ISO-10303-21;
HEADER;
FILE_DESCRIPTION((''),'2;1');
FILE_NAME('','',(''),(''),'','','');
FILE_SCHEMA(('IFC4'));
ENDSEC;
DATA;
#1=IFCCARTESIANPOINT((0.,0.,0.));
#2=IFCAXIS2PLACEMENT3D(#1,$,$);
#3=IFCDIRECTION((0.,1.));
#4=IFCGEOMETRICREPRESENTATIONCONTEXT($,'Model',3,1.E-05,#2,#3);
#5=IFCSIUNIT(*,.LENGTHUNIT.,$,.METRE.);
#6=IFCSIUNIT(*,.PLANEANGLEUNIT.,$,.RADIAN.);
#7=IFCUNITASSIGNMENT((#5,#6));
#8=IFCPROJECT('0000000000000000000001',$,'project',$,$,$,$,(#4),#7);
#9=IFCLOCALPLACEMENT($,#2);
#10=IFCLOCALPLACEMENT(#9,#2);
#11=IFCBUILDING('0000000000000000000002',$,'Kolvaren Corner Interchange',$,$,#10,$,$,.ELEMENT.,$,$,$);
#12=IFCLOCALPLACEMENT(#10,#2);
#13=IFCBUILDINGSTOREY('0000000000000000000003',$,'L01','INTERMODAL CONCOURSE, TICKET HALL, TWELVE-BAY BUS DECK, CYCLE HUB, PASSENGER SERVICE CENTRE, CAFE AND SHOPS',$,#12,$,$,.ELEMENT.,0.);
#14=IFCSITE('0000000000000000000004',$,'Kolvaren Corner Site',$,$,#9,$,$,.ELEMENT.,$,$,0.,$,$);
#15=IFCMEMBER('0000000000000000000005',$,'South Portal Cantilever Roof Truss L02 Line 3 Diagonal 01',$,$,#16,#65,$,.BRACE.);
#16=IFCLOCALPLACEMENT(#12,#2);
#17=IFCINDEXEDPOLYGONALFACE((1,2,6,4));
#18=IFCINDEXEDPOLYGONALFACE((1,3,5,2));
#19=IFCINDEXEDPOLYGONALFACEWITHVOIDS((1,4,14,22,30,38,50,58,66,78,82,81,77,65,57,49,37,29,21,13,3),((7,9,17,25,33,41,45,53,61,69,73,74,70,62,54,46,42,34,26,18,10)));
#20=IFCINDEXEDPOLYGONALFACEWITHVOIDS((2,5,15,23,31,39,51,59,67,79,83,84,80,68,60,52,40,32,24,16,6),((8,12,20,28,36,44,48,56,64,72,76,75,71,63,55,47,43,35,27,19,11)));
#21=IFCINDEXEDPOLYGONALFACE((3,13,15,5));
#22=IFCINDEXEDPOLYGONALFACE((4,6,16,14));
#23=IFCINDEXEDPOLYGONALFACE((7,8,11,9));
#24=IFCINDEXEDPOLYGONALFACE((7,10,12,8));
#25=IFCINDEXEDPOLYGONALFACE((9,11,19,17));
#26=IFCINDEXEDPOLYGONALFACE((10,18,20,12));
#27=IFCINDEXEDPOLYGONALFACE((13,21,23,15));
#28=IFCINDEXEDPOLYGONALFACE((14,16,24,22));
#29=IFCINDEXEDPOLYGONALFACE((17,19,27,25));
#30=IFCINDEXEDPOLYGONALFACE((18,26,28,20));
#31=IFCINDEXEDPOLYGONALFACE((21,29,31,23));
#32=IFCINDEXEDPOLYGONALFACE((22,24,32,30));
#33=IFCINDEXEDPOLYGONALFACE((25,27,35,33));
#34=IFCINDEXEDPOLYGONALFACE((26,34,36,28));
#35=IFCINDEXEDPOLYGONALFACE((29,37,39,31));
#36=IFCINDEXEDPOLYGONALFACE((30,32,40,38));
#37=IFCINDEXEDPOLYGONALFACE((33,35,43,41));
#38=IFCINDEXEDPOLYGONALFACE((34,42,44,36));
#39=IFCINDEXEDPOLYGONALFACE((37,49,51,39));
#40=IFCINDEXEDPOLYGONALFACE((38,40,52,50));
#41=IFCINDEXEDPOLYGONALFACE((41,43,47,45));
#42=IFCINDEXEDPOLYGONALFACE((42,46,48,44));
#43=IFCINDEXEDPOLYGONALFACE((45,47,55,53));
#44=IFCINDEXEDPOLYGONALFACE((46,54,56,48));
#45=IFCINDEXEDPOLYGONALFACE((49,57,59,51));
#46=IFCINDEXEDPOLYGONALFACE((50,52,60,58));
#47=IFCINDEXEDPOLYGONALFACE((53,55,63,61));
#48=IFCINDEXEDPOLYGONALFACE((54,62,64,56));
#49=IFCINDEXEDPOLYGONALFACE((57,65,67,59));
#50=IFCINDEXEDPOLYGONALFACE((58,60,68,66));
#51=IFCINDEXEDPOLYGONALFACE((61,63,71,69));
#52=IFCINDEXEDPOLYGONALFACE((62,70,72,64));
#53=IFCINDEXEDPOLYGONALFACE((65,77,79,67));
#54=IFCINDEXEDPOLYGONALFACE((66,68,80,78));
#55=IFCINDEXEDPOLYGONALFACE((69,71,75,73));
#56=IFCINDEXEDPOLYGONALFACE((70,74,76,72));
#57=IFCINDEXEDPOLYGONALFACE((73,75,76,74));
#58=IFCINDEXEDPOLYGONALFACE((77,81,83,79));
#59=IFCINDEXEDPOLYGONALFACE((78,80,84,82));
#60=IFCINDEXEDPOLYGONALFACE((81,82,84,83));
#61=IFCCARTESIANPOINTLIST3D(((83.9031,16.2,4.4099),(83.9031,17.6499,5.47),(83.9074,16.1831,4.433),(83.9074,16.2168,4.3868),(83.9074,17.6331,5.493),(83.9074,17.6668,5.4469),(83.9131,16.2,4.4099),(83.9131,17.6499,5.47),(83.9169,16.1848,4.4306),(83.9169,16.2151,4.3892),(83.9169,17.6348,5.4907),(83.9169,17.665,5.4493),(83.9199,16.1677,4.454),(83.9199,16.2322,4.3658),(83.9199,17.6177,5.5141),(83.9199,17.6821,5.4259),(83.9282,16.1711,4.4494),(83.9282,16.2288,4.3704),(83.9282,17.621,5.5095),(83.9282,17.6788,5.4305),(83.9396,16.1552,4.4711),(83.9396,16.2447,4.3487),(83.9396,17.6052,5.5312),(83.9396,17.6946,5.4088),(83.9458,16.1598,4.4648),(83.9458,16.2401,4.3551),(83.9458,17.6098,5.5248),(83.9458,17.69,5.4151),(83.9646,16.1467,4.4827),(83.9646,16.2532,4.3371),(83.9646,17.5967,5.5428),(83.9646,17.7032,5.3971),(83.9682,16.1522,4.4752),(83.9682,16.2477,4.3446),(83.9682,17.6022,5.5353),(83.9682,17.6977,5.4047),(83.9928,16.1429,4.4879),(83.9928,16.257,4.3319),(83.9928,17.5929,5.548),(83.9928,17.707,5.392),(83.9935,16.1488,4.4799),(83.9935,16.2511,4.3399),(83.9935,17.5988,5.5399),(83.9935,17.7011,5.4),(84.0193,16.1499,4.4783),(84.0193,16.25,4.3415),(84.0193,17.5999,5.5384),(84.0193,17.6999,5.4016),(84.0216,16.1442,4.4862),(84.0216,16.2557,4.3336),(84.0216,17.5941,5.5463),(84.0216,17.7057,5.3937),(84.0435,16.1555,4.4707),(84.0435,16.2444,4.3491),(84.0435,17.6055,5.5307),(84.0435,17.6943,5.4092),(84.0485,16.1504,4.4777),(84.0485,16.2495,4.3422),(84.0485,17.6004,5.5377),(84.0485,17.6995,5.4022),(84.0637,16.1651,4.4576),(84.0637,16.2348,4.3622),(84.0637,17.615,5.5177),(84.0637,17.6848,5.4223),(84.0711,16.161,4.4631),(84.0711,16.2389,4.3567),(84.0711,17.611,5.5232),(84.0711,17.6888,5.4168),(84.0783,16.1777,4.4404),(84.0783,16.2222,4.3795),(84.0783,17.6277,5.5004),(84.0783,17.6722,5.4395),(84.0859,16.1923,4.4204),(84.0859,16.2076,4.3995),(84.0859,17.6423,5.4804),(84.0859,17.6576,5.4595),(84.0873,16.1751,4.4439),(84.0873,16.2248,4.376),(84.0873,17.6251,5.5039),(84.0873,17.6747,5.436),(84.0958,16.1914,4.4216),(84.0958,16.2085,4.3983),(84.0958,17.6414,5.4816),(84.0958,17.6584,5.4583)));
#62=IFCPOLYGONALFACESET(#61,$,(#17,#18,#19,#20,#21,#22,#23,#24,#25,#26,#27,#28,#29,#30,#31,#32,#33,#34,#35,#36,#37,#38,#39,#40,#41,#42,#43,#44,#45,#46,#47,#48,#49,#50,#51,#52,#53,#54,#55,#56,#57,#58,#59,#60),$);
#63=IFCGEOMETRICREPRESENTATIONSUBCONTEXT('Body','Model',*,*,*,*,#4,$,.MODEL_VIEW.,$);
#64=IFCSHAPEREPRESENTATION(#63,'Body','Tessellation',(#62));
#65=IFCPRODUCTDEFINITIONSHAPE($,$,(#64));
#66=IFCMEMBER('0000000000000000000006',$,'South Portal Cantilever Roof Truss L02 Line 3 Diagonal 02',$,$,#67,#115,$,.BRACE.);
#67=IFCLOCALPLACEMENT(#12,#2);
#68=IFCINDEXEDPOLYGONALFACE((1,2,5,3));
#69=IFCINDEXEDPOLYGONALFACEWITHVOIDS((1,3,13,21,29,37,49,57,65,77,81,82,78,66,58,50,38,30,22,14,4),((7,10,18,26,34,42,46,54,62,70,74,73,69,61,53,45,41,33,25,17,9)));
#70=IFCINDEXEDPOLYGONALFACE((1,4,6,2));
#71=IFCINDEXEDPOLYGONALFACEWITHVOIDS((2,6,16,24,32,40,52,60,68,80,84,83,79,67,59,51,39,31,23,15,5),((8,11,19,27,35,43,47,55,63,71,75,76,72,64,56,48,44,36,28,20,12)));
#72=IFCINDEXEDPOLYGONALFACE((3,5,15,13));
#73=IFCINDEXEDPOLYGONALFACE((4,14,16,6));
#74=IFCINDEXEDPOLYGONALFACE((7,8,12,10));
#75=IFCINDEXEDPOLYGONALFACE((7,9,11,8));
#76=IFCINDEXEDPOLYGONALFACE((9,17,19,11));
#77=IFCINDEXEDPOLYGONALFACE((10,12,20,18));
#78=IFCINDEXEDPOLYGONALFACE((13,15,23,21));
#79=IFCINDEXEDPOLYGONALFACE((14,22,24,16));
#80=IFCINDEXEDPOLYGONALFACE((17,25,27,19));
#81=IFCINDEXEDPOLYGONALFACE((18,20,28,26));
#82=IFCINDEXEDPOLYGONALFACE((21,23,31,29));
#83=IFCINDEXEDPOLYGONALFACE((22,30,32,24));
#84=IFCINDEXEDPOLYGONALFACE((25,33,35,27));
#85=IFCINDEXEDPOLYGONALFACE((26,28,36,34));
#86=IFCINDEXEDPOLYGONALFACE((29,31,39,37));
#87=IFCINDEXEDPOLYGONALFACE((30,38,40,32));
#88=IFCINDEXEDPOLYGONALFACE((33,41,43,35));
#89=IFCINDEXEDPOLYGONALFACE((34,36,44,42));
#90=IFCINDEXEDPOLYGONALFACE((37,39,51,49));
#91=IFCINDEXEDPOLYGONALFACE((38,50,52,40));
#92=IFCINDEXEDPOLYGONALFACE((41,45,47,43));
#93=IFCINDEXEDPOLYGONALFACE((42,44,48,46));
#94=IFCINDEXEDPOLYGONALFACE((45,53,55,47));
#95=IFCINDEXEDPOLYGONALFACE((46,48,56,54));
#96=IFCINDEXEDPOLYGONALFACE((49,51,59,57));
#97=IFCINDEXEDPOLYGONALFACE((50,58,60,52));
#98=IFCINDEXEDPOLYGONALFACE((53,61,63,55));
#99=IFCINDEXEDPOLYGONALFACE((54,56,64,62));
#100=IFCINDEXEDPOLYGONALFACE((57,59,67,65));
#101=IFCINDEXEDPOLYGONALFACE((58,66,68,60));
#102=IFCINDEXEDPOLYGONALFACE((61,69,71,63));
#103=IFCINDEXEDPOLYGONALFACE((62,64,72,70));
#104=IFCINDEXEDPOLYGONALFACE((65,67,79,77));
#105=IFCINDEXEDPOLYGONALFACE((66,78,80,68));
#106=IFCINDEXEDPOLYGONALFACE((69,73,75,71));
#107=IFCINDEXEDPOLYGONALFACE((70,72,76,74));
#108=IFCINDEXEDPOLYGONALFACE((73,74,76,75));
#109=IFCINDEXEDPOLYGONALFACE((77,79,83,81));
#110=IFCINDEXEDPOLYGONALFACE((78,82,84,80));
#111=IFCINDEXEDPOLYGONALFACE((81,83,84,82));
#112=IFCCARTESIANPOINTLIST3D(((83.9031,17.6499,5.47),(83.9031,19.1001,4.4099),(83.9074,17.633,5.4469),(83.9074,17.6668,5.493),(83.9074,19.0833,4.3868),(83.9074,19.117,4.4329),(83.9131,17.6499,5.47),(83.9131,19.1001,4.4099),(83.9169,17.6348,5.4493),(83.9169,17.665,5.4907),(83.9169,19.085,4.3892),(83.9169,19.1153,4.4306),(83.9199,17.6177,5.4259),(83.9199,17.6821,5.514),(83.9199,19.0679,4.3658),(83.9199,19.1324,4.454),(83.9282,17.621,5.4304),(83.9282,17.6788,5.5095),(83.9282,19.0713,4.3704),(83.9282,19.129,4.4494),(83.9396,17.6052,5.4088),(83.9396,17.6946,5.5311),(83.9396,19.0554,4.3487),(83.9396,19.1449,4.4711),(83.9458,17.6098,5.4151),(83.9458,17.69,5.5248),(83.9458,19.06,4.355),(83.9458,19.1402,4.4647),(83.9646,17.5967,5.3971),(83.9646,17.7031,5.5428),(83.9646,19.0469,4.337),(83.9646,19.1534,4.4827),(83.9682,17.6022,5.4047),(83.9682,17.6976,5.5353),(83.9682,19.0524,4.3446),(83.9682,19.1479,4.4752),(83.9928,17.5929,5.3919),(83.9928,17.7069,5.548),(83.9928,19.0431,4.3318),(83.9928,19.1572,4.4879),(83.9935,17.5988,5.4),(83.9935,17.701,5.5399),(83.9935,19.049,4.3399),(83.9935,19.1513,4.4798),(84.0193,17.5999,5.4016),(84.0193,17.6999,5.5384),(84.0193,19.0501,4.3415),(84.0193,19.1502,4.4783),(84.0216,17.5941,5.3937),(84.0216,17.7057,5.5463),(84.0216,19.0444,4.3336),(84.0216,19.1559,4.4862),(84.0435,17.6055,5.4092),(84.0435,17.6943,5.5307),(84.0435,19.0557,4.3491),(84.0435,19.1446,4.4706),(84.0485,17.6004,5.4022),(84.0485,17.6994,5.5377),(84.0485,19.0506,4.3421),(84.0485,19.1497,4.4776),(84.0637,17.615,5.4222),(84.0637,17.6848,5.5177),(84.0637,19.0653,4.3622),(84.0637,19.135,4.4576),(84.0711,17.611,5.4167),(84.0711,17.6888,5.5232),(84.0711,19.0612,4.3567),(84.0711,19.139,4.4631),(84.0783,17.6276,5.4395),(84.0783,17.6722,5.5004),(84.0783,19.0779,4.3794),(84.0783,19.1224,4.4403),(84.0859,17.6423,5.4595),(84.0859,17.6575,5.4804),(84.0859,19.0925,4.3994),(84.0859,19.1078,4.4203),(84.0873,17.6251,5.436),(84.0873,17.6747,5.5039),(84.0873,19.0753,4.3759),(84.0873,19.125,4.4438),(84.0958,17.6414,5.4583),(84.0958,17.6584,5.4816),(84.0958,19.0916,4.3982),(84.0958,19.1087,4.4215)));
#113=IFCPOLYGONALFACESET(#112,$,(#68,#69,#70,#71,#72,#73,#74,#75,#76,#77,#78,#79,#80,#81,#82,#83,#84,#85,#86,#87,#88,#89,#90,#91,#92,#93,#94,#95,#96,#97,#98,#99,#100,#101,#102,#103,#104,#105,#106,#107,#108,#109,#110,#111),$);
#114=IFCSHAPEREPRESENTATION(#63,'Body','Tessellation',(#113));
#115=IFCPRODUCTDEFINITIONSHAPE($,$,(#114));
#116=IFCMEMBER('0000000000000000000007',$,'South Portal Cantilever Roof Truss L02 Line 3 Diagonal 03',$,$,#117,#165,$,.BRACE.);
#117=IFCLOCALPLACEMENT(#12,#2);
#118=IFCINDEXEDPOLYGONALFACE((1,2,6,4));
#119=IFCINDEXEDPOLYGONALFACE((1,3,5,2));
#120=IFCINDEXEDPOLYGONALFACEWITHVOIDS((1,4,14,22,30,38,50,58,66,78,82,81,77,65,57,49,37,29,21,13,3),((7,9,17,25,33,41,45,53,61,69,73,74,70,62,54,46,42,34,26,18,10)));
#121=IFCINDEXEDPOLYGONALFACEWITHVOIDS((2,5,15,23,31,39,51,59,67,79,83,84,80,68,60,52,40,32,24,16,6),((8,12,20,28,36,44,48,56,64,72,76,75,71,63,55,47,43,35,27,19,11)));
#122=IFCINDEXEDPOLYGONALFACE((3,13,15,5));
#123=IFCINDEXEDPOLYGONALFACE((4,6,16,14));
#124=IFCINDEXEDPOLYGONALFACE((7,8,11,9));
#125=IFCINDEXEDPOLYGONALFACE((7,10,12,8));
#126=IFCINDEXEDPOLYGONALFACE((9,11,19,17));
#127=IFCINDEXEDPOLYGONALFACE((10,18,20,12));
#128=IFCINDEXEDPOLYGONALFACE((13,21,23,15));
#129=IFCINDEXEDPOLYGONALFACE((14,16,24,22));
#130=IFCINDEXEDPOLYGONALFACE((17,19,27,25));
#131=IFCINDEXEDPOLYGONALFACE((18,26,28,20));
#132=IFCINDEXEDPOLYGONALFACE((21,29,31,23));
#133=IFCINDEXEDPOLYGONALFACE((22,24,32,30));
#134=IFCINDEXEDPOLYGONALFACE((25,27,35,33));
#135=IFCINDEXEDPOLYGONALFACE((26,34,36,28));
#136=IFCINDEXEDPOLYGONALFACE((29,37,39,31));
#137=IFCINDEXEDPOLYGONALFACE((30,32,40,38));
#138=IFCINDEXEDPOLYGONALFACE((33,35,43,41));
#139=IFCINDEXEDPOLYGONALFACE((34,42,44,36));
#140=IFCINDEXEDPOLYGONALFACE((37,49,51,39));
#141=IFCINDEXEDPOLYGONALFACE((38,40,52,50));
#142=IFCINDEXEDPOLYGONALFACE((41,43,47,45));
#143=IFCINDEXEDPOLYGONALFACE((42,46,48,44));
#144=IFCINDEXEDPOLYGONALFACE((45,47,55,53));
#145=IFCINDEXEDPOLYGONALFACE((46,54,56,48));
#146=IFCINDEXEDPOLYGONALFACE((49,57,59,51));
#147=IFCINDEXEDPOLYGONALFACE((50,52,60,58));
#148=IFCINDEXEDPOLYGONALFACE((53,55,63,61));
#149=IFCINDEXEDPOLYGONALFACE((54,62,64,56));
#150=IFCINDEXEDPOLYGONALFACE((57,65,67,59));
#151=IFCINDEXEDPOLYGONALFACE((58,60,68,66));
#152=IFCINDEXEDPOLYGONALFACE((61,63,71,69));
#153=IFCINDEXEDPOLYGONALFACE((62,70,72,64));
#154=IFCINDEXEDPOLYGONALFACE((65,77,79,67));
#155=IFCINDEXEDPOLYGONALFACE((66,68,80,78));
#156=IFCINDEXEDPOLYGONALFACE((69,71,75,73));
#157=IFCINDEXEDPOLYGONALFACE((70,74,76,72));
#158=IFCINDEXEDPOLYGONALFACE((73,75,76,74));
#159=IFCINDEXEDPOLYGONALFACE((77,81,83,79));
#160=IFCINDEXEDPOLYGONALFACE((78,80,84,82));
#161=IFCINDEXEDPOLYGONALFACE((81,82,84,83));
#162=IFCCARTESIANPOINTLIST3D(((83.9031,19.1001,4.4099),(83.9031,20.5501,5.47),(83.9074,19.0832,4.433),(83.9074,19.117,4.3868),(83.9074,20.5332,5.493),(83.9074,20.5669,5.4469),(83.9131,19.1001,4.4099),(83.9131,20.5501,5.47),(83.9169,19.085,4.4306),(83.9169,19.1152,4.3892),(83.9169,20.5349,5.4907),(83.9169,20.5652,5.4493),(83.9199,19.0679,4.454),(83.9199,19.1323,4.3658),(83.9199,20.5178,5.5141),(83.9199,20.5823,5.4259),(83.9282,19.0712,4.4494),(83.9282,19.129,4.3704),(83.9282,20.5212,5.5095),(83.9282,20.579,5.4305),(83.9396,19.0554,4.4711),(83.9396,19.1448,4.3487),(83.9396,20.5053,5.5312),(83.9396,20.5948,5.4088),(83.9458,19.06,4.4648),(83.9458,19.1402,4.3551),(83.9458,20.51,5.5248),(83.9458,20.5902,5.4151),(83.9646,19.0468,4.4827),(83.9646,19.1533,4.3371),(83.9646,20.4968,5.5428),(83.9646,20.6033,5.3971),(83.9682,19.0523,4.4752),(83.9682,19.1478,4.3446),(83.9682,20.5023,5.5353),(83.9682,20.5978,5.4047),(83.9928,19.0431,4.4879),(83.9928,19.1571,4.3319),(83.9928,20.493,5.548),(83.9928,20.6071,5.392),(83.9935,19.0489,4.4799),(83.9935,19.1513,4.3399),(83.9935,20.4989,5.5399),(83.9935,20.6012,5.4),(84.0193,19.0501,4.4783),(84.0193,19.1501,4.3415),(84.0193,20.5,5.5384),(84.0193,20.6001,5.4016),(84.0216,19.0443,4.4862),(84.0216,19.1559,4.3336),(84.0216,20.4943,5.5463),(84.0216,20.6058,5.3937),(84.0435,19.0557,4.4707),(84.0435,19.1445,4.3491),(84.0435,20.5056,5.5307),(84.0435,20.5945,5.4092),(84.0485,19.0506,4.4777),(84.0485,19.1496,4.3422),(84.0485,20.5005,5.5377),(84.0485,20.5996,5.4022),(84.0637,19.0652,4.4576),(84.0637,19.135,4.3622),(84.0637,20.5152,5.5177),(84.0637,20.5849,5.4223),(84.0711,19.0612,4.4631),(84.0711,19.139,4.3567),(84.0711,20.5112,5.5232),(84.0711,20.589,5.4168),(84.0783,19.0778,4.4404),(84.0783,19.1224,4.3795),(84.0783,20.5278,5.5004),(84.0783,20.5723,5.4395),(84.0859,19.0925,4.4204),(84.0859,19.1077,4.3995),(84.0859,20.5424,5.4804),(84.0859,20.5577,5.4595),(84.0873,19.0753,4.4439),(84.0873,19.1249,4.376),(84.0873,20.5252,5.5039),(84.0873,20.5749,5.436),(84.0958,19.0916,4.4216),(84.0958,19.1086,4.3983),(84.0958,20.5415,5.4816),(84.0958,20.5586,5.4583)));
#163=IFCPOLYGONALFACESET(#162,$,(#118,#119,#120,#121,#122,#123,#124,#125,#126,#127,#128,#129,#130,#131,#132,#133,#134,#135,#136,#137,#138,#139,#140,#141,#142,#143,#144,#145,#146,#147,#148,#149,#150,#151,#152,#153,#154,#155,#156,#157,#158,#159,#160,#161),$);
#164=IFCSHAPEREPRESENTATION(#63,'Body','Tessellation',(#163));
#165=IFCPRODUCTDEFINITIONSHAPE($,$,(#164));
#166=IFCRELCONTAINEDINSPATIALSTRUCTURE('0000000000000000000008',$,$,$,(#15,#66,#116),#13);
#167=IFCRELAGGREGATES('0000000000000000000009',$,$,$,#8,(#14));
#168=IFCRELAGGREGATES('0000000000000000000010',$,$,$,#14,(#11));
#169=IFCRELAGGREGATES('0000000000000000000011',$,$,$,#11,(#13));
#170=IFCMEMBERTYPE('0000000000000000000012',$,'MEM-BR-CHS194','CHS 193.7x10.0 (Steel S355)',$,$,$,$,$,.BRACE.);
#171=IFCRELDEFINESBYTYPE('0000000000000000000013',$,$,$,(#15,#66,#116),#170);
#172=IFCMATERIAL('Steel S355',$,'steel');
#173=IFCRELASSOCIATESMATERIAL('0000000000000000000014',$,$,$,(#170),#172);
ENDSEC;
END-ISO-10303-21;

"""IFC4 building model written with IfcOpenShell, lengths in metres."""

from ifc_helpers import new_model, si_unit, direction, frame, origin, origin_2d, place, context, subcontext, project, spatial, hollow_circle, extrude, material, material_profile, profile_set, type_object, element, save


model = new_model("IFC4")

# Units and contexts
model_context = context("Model", 3, precision=1e-05, world=origin(), true_north=direction((0.0, 1.0)))
body_context = subcontext(model_context, "Body", "Model", "MODEL_VIEW")
ifc_project = project(units=[si_unit("LENGTHUNIT", "METRE"), si_unit("PLANEANGLEUNIT", "RADIAN")], contexts=[model_context])

# Site, building, storey
site_placement = place(None, origin())
site = spatial("IfcSite", under=ifc_project, at=site_placement, Name="Kolvaren Corner Site", CompositionType="ELEMENT", RefElevation=0.0)
building_placement = place(site_placement, origin())
building = spatial("IfcBuilding", under=site, at=building_placement, Name="Kolvaren Corner Interchange", CompositionType="ELEMENT")
storey_placement = place(building_placement, origin())
storey = spatial("IfcBuildingStorey", under=building, at=storey_placement, Name="L01", Description="INTERMODAL CONCOURSE, TICKET HALL, TWELVE-BAY BUS DECK, CYCLE HUB, PASSENGER SERVICE CENTRE, CAFE AND SHOPS", CompositionType="ELEMENT", Elevation=0.0)

# Members
ifc_material_1 = material(Name="Steel S355", Category="steel")
ifc_material_profile_1 = material_profile(ifc_material_1, hollow_circle(Radius=0.0969, WallThickness=0.01, at=origin_2d()), Name="CHS 193.7x10.0")
ifc_profile_set_1 = profile_set([ifc_material_profile_1], Name="Steel S355")
member_type_1 = type_object("IfcMemberType", Name="MEM-BR-CHS194", Description="CHS 193.7x10.0 (Steel S355)", PredefinedType="BRACE", material=ifc_profile_set_1)
member_1_placement = place(storey_placement, frame((84.0, 16.2, 4.4099), z_axis=(0.0, 0.807264, 0.59019), x_axis=(-1.0, 0.0, 0.0)))
element("IfcMember", 1, at=member_1_placement, inside=storey, type_object=member_type_1, Name="South Portal Cantilever Roof Truss L02 Line 3 Diagonal 01", PredefinedType="BRACE", context=body_context, shape_type="SweptSolid", body=[
    extrude(hollow_circle(Radius=0.0969, WallThickness=0.01, at=origin_2d()), origin(), (0.0, 0.0, 1.0), 1.7961),
])
member_2_placement = place(storey_placement, frame((84.0, 17.6499, 5.47), z_axis=(0.0, 0.807311, -0.590126), x_axis=(-1.0, 0.0, 0.0)))
element("IfcMember", 2, at=member_2_placement, inside=storey, type_object=member_type_1, Name="South Portal Cantilever Roof Truss L02 Line 3 Diagonal 02", PredefinedType="BRACE", context=body_context, shape_type="SweptSolid", body=[
    extrude(hollow_circle(Radius=0.0969, WallThickness=0.01, at=origin_2d()), origin(), (0.0, 0.0, 1.0), 1.7964),
])
for number, where, z_axis, x_axis, name in (
    (3, (84.0, 19.1001, 4.4099), (0.0, 0.807264, 0.59019), (-1.0, 0.0, 0.0), "South Portal Cantilever Roof Truss L02 Line 3 Diagonal 03"),
):
    element("IfcMember", number, at=place(storey_placement, frame(where, z_axis=z_axis, x_axis=x_axis)), inside=storey, type_object=member_type_1, Name=name, PredefinedType="BRACE", context=body_context, shape_type="SweptSolid", body=[
        extrude(hollow_circle(Radius=0.0969, WallThickness=0.01, at=origin_2d()), origin(), (0.0, 0.0, 1.0), 1.7961),
    ])

save(model, "model.ifc")
